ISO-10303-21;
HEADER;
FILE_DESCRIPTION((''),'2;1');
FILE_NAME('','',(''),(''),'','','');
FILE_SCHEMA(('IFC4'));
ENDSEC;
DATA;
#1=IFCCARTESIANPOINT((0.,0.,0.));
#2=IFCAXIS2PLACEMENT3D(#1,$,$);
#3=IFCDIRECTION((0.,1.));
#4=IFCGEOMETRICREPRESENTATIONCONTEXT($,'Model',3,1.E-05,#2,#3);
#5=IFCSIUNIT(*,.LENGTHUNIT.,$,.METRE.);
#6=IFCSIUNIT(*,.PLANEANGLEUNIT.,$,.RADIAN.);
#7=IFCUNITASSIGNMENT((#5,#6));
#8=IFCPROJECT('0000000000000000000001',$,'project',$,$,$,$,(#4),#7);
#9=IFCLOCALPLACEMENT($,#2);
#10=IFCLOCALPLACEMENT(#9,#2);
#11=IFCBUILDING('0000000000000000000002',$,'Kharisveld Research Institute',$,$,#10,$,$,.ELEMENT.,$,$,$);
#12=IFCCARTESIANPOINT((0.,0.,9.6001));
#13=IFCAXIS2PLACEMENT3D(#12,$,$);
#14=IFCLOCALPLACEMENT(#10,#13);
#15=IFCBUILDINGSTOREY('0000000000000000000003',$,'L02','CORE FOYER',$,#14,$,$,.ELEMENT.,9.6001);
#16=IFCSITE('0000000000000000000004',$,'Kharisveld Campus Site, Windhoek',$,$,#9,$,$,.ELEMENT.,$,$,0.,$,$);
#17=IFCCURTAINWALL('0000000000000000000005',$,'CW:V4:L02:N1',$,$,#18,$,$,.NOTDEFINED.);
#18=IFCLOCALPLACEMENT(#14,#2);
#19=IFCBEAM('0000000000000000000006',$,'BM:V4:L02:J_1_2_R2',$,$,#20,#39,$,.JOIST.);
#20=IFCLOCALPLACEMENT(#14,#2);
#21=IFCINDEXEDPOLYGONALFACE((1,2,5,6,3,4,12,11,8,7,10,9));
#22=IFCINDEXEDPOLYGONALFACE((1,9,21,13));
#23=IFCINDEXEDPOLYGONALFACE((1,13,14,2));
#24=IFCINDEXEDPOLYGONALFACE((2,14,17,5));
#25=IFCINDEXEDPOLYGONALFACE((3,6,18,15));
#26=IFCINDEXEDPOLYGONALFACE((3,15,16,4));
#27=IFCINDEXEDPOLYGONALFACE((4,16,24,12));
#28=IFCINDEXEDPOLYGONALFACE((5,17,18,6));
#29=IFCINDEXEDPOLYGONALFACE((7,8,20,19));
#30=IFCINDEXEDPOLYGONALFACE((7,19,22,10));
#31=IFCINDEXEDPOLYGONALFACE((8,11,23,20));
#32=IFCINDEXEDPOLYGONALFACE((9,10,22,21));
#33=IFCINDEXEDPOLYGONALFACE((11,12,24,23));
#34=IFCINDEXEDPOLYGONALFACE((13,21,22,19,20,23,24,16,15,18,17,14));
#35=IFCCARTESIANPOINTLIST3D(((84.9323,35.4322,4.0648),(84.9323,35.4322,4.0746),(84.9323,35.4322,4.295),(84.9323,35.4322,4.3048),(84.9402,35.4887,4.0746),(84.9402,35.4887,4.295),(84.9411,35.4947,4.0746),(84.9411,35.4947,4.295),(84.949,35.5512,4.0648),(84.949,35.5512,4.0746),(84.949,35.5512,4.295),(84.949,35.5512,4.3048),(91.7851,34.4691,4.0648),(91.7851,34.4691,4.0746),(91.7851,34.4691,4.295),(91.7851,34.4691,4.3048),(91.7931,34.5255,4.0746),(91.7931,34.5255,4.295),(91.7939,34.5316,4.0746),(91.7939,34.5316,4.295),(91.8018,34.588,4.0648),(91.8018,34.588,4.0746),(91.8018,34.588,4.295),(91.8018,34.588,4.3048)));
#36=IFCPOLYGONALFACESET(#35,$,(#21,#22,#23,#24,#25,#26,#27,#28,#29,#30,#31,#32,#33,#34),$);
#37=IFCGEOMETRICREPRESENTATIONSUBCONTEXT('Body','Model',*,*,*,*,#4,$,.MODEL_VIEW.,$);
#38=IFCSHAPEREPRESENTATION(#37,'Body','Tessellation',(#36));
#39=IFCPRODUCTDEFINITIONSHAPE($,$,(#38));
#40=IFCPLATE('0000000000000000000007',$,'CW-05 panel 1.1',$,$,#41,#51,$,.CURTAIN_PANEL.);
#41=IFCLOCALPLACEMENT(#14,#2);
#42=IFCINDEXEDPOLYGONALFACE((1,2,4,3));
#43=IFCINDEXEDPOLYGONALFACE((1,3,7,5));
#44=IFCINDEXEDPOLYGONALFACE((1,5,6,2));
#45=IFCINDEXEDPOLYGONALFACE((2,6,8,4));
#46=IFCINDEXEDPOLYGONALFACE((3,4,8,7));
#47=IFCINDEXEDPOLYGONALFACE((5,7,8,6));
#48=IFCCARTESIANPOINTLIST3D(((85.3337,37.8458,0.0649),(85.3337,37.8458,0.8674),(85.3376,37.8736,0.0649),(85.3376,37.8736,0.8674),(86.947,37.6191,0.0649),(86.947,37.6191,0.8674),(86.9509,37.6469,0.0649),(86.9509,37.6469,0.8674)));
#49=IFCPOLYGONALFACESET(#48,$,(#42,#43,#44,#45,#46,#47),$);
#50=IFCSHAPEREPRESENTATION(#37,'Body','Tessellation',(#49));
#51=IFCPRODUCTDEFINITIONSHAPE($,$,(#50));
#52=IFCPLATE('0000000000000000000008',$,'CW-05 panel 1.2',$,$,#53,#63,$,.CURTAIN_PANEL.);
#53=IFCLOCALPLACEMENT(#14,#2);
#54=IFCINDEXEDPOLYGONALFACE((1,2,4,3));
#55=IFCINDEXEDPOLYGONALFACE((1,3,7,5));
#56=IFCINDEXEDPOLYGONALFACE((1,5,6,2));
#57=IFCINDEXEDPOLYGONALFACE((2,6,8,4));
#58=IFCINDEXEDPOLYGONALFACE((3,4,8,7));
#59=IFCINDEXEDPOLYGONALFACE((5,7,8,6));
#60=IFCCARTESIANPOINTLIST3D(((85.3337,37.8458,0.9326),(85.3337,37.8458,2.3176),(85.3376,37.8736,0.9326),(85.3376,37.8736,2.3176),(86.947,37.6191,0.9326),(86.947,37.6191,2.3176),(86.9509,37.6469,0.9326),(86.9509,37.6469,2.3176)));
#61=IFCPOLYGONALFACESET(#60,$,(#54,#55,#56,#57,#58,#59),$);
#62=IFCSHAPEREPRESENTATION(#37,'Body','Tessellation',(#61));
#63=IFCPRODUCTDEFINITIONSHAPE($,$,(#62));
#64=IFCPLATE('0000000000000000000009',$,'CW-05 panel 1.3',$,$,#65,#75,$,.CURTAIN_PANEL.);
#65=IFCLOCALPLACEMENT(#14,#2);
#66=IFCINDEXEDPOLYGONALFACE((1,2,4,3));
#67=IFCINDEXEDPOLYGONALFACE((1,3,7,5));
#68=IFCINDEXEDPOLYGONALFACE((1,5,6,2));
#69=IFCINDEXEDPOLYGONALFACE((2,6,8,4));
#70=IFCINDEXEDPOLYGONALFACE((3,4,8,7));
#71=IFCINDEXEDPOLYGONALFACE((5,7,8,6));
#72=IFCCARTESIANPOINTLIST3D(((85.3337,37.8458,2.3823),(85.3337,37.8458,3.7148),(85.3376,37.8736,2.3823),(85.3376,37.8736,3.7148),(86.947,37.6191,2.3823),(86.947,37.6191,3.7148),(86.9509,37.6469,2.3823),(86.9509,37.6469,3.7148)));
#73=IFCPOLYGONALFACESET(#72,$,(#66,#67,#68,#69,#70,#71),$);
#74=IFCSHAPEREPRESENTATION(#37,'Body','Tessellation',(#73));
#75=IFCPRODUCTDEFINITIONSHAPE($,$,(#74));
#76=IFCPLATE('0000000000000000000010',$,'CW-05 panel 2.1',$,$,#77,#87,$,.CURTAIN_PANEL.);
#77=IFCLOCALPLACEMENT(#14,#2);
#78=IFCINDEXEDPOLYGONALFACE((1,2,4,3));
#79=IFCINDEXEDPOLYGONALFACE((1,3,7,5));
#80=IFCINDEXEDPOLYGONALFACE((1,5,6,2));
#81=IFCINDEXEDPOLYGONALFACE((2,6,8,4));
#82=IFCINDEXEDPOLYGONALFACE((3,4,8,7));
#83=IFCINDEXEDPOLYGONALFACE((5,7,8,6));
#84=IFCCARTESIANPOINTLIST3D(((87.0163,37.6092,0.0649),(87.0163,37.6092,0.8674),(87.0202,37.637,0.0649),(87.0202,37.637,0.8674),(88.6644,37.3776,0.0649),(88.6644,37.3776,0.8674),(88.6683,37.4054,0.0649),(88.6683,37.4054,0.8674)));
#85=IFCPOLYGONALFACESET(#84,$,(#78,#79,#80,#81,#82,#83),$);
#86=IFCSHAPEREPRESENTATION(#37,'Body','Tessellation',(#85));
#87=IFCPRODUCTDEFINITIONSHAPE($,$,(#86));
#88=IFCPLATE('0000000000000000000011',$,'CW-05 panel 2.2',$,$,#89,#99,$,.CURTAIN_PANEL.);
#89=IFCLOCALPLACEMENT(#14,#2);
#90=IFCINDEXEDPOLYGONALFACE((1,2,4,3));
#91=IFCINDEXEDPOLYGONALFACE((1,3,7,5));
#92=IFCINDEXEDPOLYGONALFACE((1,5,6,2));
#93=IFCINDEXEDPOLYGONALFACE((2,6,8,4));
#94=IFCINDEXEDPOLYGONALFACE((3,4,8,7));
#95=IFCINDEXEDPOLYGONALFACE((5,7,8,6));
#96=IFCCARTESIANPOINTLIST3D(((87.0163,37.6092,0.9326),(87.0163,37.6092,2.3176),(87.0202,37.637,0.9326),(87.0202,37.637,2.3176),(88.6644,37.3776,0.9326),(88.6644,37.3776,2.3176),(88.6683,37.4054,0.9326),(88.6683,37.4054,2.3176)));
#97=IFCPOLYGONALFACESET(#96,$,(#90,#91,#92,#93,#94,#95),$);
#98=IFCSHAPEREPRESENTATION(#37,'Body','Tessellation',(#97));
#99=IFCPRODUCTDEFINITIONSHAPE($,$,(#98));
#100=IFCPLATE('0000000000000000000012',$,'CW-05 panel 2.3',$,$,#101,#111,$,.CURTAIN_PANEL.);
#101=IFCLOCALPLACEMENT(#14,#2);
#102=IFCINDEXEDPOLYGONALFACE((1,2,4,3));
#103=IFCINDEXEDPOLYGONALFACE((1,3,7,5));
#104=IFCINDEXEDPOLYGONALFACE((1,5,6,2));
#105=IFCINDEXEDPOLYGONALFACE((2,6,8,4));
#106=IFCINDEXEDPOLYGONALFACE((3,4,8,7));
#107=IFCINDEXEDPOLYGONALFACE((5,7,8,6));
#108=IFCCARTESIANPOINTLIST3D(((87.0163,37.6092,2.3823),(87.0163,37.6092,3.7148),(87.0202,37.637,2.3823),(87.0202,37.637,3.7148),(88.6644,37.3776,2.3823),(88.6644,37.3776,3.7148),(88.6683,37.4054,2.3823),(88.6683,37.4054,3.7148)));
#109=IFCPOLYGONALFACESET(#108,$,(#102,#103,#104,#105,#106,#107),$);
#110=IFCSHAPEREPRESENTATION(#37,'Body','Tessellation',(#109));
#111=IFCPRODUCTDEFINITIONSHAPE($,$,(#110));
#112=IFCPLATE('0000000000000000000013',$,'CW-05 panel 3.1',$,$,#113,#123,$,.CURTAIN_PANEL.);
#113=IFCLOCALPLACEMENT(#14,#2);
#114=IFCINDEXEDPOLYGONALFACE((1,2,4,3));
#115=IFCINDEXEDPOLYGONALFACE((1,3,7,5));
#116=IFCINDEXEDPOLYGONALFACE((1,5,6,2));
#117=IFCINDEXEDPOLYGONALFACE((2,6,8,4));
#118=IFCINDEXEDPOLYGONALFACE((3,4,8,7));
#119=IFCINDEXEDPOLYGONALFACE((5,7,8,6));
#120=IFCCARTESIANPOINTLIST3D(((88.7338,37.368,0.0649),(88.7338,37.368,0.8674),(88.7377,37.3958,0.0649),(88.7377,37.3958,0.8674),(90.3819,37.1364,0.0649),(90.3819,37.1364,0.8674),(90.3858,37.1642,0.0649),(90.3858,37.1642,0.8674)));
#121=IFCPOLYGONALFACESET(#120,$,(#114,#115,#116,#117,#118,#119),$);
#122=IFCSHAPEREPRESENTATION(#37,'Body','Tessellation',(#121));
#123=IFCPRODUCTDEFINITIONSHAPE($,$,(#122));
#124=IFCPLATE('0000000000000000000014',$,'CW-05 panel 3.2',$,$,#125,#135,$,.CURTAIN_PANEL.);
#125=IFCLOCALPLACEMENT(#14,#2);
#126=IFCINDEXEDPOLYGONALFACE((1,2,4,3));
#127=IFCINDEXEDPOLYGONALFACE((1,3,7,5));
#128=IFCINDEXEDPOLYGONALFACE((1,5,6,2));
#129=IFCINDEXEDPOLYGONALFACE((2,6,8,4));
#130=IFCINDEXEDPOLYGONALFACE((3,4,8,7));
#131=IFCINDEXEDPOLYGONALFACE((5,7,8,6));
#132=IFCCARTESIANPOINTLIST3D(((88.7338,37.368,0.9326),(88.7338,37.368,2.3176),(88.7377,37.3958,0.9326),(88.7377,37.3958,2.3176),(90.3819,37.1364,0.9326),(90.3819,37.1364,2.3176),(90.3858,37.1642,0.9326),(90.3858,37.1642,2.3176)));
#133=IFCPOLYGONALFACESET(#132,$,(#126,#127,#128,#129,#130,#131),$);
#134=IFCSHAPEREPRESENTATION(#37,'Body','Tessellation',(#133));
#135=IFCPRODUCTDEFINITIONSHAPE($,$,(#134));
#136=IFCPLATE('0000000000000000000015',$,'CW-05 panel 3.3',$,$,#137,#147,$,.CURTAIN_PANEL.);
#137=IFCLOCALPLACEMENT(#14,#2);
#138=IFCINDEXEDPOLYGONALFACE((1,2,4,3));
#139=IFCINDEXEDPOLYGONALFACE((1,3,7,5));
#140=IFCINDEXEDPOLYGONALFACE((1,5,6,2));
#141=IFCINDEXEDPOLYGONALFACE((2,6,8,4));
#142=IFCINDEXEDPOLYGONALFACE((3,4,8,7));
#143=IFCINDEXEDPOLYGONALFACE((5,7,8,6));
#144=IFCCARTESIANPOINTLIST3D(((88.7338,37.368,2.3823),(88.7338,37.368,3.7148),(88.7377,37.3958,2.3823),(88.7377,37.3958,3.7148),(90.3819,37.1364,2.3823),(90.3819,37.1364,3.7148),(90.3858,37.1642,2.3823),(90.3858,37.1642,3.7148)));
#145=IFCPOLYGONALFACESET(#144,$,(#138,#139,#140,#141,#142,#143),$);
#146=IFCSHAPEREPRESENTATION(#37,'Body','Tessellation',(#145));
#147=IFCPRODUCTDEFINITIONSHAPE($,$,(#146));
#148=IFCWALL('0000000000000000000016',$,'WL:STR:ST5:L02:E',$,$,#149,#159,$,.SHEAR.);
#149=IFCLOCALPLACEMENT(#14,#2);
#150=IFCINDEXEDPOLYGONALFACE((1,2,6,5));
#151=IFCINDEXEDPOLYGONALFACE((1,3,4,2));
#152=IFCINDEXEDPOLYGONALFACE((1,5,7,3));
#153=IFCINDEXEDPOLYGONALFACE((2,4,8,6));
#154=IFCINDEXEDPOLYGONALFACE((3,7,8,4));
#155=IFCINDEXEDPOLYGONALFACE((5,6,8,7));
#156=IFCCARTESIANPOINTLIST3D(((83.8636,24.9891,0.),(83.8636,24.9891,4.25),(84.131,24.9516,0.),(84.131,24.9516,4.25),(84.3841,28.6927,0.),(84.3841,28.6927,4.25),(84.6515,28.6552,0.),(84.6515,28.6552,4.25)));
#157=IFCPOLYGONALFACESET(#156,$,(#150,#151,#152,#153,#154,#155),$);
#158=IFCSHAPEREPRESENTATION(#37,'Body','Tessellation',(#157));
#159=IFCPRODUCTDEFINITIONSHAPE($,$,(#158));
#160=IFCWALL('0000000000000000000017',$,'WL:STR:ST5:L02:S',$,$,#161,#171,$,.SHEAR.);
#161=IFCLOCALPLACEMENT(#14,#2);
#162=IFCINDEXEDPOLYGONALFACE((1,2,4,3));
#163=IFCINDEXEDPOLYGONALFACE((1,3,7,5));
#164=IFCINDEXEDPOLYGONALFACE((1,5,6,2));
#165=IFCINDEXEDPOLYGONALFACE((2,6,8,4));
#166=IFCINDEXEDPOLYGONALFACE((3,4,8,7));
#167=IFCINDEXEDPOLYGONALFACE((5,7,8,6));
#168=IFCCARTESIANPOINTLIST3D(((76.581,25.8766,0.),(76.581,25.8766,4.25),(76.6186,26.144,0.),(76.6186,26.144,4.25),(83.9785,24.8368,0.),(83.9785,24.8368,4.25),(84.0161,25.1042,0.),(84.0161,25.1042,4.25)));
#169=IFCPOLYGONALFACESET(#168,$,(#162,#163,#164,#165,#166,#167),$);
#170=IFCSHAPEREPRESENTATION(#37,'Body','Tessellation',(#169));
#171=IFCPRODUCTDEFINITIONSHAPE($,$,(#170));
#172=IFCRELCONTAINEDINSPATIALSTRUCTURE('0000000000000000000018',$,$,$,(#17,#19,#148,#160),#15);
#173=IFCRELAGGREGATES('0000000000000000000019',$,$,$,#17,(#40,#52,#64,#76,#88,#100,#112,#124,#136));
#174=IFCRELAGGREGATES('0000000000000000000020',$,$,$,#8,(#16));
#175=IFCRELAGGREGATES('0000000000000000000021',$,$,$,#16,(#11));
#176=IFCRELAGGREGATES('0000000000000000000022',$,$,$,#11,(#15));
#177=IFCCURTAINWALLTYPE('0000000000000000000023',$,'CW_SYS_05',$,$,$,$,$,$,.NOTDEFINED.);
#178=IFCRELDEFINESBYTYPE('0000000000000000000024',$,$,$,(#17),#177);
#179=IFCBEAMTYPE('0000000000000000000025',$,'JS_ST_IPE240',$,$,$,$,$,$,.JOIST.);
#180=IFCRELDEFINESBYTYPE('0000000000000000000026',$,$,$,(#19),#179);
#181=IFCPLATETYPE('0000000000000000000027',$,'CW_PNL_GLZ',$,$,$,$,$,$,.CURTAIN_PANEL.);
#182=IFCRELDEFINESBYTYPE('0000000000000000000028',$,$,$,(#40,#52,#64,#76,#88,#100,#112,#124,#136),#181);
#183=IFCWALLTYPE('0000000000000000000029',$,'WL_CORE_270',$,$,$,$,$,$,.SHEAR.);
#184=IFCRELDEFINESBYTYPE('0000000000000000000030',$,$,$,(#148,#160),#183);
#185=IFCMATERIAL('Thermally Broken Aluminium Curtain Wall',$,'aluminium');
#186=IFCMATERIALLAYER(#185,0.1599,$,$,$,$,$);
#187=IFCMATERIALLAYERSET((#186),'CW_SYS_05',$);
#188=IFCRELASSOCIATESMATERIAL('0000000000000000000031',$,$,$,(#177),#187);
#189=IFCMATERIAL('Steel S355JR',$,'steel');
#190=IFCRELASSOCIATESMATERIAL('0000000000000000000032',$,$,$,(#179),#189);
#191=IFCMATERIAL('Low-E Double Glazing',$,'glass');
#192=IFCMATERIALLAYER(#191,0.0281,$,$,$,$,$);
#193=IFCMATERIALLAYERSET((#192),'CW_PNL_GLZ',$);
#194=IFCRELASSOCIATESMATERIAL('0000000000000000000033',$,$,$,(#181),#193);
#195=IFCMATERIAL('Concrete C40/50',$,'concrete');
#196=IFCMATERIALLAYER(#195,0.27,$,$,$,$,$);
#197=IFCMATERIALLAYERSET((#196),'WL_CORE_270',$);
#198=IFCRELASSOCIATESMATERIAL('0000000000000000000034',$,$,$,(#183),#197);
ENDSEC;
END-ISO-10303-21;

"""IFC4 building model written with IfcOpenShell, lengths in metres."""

from ifc_helpers import new_model, si_unit, direction, frame, frame_2d, origin, origin_2d, place, context, subcontext, project, spatial, rectangle, i_section, extrude, material, layer, layer_set, material_profile, profile_set, type_object, element, aggregate, save


model = new_model("IFC4")

# Units and contexts
model_context = context("Model", 3, precision=1e-05, world=origin(), true_north=direction((0.0, 1.0)))
body_context = subcontext(model_context, "Body", "Model", "MODEL_VIEW")
ifc_project = project(units=[si_unit("LENGTHUNIT", "METRE"), si_unit("PLANEANGLEUNIT", "RADIAN")], contexts=[model_context])

# Site, building, storey
site_placement = place(None, origin())
site = spatial("IfcSite", under=ifc_project, at=site_placement, Name="Kharisveld Campus Site, Windhoek", CompositionType="ELEMENT", RefElevation=0.0)
building_placement = place(site_placement, origin())
building = spatial("IfcBuilding", under=site, at=building_placement, Name="Kharisveld Research Institute", CompositionType="ELEMENT")
storey_placement = place(building_placement, frame((0.0, 0.0, 9.6001)))
storey = spatial("IfcBuildingStorey", under=building, at=storey_placement, Name="L02", Description="CORE FOYER", CompositionType="ELEMENT", Elevation=9.6001)

# Curtain wall
ifc_material_1 = material(Name="Thermally Broken Aluminium Curtain Wall", Category="aluminium")
ifc_layer_1 = layer(ifc_material_1, 0.1599)
ifc_layer_set_1 = layer_set([ifc_layer_1], Name="CW_SYS_05")
curtain_wall_type = type_object("IfcCurtainWallType", Name="CW_SYS_05", PredefinedType="NOTDEFINED", material=ifc_layer_set_1)
curtain_wall_placement = place(storey_placement, origin())
curtain_wall = element("IfcCurtainWall", 1, at=curtain_wall_placement, inside=storey, type_object=curtain_wall_type, Name="CW:V4:L02:N1", PredefinedType="NOTDEFINED")

# Beam
ifc_material_2 = material(Name="Steel S355JR", Category="steel")
ifc_material_profile_1 = material_profile(ifc_material_2, i_section(OverallWidth=0.1201, OverallDepth=0.24, WebThickness=0.0061, FlangeThickness=0.0098, at=origin_2d()))
ifc_profile_set_1 = profile_set([ifc_material_profile_1], Name="Steel S355JR")
beam_type_1 = type_object("IfcBeamType", Name="JS_ST_IPE240", PredefinedType="JOIST", material=ifc_profile_set_1)
beam_1_placement = place(storey_placement, frame((84.9407, 35.4917, 4.1848), z_axis=(0.990267, -0.139179, 0.0), x_axis=(0.139179, 0.990267, 0.0)))
element("IfcBeam", 2, at=beam_1_placement, inside=storey, type_object=beam_type_1, Name="BM:V4:L02:J_1_2_R2", PredefinedType="JOIST", context=body_context, shape_type="SweptSolid", body=[
    extrude(i_section(OverallWidth=0.1201, OverallDepth=0.24, WebThickness=0.0061, FlangeThickness=0.0098, at=origin_2d()), origin(), (0.0, 0.0, 1.0), 6.9202),
])

# Plates
ifc_material_3 = material(Name="Low-E Double Glazing", Category="glass")
ifc_layer_2 = layer(ifc_material_3, 0.0281)
ifc_layer_set_2 = layer_set([ifc_layer_2], Name="CW_PNL_GLZ")
plate_type = type_object("IfcPlateType", Name="CW_PNL_GLZ", PredefinedType="CURTAIN_PANEL", material=ifc_layer_set_2)
plate_1_placement = place(storey_placement, frame((86.1423, 37.7463, 0.0649), z_axis=(0.0, 0.0, 1.0), x_axis=(0.990268, -0.139173, 0.0)))
plate_1 = element("IfcPlate", 3, at=plate_1_placement, type_object=plate_type, Name="CW-05 panel 1.1", PredefinedType="CURTAIN_PANEL", context=body_context, shape_type="SweptSolid", body=[
    extrude(rectangle(XDim=1.6292, YDim=0.0281, at=origin_2d()), origin(), (0.0, 0.0, 1.0), 0.8025),
])
plate_2_placement = place(storey_placement, frame((86.1423, 37.7463, 0.9326), z_axis=(0.0, 0.0, 1.0), x_axis=(0.990268, -0.139173, 0.0)))
plate_2 = element("IfcPlate", 4, at=plate_2_placement, type_object=plate_type, Name="CW-05 panel 1.2", PredefinedType="CURTAIN_PANEL", context=body_context, shape_type="SweptSolid", body=[
    extrude(rectangle(XDim=1.6292, YDim=0.0281, at=origin_2d()), origin(), (0.0, 0.0, 1.0), 1.385),
])
plate_3_placement = place(storey_placement, frame((86.1423, 37.7463, 2.3823), z_axis=(0.0, 0.0, 1.0), x_axis=(0.990268, -0.139173, 0.0)))
plate_3 = element("IfcPlate", 5, at=plate_3_placement, type_object=plate_type, Name="CW-05 panel 1.3", PredefinedType="CURTAIN_PANEL", context=body_context, shape_type="SweptSolid", body=[
    extrude(rectangle(XDim=1.6292, YDim=0.0281, at=origin_2d()), origin(), (0.0, 0.0, 1.0), 1.3325),
])
plate_4_placement = place(storey_placement, frame((87.8423, 37.5073, 0.0649), z_axis=(0.0, 0.0, 1.0), x_axis=(0.990268, -0.139173, 0.0)))
plate_4 = element("IfcPlate", 6, at=plate_4_placement, type_object=plate_type, Name="CW-05 panel 2.1", PredefinedType="CURTAIN_PANEL", context=body_context, shape_type="SweptSolid", body=[
    extrude(rectangle(XDim=1.6643, YDim=0.0281, at=origin_2d()), origin(), (0.0, 0.0, 1.0), 0.8025),
])
plate_5_placement = place(storey_placement, frame((87.8423, 37.5073, 0.9326), z_axis=(0.0, 0.0, 1.0), x_axis=(0.990268, -0.139173, 0.0)))
plate_5 = element("IfcPlate", 7, at=plate_5_placement, type_object=plate_type, Name="CW-05 panel 2.2", PredefinedType="CURTAIN_PANEL", context=body_context, shape_type="SweptSolid", body=[
    extrude(rectangle(XDim=1.6643, YDim=0.0281, at=origin_2d()), origin(), (0.0, 0.0, 1.0), 1.385),
])
plate_6_placement = place(storey_placement, frame((87.8423, 37.5073, 2.3823), z_axis=(0.0, 0.0, 1.0), x_axis=(0.990268, -0.139173, 0.0)))
plate_6 = element("IfcPlate", 8, at=plate_6_placement, type_object=plate_type, Name="CW-05 panel 2.3", PredefinedType="CURTAIN_PANEL", context=body_context, shape_type="SweptSolid", body=[
    extrude(rectangle(XDim=1.6643, YDim=0.0281, at=origin_2d()), origin(), (0.0, 0.0, 1.0), 1.3325),
])
plate_7_placement = place(storey_placement, frame((89.5598, 37.2661, 0.0649), z_axis=(0.0, 0.0, 1.0), x_axis=(0.990268, -0.139173, 0.0)))
plate_7 = element("IfcPlate", 9, at=plate_7_placement, type_object=plate_type, Name="CW-05 panel 3.1", PredefinedType="CURTAIN_PANEL", context=body_context, shape_type="SweptSolid", body=[
    extrude(rectangle(XDim=1.6643, YDim=0.0281, at=origin_2d()), origin(), (0.0, 0.0, 1.0), 0.8025),
])
plate_8_placement = place(storey_placement, frame((89.5598, 37.2661, 0.9326), z_axis=(0.0, 0.0, 1.0), x_axis=(0.990268, -0.139173, 0.0)))
plate_8 = element("IfcPlate", 10, at=plate_8_placement, type_object=plate_type, Name="CW-05 panel 3.2", PredefinedType="CURTAIN_PANEL", context=body_context, shape_type="SweptSolid", body=[
    extrude(rectangle(XDim=1.6643, YDim=0.0281, at=origin_2d()), origin(), (0.0, 0.0, 1.0), 1.385),
])
plate_9_placement = place(storey_placement, frame((89.5598, 37.2661, 2.3823), z_axis=(0.0, 0.0, 1.0), x_axis=(0.990268, -0.139173, 0.0)))
plate_9 = element("IfcPlate", 11, at=plate_9_placement, type_object=plate_type, Name="CW-05 panel 3.3", PredefinedType="CURTAIN_PANEL", context=body_context, shape_type="SweptSolid", body=[
    extrude(rectangle(XDim=1.6643, YDim=0.0281, at=origin_2d()), origin(), (0.0, 0.0, 1.0), 1.3325),
])
aggregate(curtain_wall, [plate_1, plate_2, plate_3, plate_4, plate_5, plate_6, plate_7, plate_8, plate_9])

# Walls
ifc_material_4 = material(Name="Concrete C40/50", Category="concrete")
ifc_layer_3 = layer(ifc_material_4, 0.27)
ifc_layer_set_3 = layer_set([ifc_layer_3], Name="WL_CORE_270")
wall_type_1 = type_object("IfcWallType", Name="WL_CORE_270", PredefinedType="SHEAR", material=ifc_layer_set_3)
wall_1_placement = place(storey_placement, frame((84.5178, 28.6741, 0.0), z_axis=(0.0, 0.0, 1.0), x_axis=(-0.139173, -0.990268, 0.0)))
element("IfcWall", 12, at=wall_1_placement, inside=storey, type_object=wall_type_1, Name="WL:STR:ST5:L02:E", PredefinedType="SHEAR", context=body_context, shape_type="SweptSolid", body=[
    extrude(rectangle(XDim=3.74, YDim=0.27, at=frame_2d((1.8701, 0.0))), origin(), (0.0, 0.0, 1.0), 4.25),
])
wall_2_placement = place(storey_placement, frame((83.9973, 24.9705, 0.0), z_axis=(0.0, 0.0, 1.0), x_axis=(-0.990265, 0.139193, 0.0)))
element("IfcWall", 13, at=wall_2_placement, inside=storey, type_object=wall_type_1, Name="WL:STR:ST5:L02:S", PredefinedType="SHEAR", context=body_context, shape_type="SweptSolid", body=[
    extrude(rectangle(XDim=7.4702, YDim=0.27, at=frame_2d((3.7351, 0.0))), origin(), (0.0, 0.0, 1.0), 4.25),
])

save(model, "model.ifc")
